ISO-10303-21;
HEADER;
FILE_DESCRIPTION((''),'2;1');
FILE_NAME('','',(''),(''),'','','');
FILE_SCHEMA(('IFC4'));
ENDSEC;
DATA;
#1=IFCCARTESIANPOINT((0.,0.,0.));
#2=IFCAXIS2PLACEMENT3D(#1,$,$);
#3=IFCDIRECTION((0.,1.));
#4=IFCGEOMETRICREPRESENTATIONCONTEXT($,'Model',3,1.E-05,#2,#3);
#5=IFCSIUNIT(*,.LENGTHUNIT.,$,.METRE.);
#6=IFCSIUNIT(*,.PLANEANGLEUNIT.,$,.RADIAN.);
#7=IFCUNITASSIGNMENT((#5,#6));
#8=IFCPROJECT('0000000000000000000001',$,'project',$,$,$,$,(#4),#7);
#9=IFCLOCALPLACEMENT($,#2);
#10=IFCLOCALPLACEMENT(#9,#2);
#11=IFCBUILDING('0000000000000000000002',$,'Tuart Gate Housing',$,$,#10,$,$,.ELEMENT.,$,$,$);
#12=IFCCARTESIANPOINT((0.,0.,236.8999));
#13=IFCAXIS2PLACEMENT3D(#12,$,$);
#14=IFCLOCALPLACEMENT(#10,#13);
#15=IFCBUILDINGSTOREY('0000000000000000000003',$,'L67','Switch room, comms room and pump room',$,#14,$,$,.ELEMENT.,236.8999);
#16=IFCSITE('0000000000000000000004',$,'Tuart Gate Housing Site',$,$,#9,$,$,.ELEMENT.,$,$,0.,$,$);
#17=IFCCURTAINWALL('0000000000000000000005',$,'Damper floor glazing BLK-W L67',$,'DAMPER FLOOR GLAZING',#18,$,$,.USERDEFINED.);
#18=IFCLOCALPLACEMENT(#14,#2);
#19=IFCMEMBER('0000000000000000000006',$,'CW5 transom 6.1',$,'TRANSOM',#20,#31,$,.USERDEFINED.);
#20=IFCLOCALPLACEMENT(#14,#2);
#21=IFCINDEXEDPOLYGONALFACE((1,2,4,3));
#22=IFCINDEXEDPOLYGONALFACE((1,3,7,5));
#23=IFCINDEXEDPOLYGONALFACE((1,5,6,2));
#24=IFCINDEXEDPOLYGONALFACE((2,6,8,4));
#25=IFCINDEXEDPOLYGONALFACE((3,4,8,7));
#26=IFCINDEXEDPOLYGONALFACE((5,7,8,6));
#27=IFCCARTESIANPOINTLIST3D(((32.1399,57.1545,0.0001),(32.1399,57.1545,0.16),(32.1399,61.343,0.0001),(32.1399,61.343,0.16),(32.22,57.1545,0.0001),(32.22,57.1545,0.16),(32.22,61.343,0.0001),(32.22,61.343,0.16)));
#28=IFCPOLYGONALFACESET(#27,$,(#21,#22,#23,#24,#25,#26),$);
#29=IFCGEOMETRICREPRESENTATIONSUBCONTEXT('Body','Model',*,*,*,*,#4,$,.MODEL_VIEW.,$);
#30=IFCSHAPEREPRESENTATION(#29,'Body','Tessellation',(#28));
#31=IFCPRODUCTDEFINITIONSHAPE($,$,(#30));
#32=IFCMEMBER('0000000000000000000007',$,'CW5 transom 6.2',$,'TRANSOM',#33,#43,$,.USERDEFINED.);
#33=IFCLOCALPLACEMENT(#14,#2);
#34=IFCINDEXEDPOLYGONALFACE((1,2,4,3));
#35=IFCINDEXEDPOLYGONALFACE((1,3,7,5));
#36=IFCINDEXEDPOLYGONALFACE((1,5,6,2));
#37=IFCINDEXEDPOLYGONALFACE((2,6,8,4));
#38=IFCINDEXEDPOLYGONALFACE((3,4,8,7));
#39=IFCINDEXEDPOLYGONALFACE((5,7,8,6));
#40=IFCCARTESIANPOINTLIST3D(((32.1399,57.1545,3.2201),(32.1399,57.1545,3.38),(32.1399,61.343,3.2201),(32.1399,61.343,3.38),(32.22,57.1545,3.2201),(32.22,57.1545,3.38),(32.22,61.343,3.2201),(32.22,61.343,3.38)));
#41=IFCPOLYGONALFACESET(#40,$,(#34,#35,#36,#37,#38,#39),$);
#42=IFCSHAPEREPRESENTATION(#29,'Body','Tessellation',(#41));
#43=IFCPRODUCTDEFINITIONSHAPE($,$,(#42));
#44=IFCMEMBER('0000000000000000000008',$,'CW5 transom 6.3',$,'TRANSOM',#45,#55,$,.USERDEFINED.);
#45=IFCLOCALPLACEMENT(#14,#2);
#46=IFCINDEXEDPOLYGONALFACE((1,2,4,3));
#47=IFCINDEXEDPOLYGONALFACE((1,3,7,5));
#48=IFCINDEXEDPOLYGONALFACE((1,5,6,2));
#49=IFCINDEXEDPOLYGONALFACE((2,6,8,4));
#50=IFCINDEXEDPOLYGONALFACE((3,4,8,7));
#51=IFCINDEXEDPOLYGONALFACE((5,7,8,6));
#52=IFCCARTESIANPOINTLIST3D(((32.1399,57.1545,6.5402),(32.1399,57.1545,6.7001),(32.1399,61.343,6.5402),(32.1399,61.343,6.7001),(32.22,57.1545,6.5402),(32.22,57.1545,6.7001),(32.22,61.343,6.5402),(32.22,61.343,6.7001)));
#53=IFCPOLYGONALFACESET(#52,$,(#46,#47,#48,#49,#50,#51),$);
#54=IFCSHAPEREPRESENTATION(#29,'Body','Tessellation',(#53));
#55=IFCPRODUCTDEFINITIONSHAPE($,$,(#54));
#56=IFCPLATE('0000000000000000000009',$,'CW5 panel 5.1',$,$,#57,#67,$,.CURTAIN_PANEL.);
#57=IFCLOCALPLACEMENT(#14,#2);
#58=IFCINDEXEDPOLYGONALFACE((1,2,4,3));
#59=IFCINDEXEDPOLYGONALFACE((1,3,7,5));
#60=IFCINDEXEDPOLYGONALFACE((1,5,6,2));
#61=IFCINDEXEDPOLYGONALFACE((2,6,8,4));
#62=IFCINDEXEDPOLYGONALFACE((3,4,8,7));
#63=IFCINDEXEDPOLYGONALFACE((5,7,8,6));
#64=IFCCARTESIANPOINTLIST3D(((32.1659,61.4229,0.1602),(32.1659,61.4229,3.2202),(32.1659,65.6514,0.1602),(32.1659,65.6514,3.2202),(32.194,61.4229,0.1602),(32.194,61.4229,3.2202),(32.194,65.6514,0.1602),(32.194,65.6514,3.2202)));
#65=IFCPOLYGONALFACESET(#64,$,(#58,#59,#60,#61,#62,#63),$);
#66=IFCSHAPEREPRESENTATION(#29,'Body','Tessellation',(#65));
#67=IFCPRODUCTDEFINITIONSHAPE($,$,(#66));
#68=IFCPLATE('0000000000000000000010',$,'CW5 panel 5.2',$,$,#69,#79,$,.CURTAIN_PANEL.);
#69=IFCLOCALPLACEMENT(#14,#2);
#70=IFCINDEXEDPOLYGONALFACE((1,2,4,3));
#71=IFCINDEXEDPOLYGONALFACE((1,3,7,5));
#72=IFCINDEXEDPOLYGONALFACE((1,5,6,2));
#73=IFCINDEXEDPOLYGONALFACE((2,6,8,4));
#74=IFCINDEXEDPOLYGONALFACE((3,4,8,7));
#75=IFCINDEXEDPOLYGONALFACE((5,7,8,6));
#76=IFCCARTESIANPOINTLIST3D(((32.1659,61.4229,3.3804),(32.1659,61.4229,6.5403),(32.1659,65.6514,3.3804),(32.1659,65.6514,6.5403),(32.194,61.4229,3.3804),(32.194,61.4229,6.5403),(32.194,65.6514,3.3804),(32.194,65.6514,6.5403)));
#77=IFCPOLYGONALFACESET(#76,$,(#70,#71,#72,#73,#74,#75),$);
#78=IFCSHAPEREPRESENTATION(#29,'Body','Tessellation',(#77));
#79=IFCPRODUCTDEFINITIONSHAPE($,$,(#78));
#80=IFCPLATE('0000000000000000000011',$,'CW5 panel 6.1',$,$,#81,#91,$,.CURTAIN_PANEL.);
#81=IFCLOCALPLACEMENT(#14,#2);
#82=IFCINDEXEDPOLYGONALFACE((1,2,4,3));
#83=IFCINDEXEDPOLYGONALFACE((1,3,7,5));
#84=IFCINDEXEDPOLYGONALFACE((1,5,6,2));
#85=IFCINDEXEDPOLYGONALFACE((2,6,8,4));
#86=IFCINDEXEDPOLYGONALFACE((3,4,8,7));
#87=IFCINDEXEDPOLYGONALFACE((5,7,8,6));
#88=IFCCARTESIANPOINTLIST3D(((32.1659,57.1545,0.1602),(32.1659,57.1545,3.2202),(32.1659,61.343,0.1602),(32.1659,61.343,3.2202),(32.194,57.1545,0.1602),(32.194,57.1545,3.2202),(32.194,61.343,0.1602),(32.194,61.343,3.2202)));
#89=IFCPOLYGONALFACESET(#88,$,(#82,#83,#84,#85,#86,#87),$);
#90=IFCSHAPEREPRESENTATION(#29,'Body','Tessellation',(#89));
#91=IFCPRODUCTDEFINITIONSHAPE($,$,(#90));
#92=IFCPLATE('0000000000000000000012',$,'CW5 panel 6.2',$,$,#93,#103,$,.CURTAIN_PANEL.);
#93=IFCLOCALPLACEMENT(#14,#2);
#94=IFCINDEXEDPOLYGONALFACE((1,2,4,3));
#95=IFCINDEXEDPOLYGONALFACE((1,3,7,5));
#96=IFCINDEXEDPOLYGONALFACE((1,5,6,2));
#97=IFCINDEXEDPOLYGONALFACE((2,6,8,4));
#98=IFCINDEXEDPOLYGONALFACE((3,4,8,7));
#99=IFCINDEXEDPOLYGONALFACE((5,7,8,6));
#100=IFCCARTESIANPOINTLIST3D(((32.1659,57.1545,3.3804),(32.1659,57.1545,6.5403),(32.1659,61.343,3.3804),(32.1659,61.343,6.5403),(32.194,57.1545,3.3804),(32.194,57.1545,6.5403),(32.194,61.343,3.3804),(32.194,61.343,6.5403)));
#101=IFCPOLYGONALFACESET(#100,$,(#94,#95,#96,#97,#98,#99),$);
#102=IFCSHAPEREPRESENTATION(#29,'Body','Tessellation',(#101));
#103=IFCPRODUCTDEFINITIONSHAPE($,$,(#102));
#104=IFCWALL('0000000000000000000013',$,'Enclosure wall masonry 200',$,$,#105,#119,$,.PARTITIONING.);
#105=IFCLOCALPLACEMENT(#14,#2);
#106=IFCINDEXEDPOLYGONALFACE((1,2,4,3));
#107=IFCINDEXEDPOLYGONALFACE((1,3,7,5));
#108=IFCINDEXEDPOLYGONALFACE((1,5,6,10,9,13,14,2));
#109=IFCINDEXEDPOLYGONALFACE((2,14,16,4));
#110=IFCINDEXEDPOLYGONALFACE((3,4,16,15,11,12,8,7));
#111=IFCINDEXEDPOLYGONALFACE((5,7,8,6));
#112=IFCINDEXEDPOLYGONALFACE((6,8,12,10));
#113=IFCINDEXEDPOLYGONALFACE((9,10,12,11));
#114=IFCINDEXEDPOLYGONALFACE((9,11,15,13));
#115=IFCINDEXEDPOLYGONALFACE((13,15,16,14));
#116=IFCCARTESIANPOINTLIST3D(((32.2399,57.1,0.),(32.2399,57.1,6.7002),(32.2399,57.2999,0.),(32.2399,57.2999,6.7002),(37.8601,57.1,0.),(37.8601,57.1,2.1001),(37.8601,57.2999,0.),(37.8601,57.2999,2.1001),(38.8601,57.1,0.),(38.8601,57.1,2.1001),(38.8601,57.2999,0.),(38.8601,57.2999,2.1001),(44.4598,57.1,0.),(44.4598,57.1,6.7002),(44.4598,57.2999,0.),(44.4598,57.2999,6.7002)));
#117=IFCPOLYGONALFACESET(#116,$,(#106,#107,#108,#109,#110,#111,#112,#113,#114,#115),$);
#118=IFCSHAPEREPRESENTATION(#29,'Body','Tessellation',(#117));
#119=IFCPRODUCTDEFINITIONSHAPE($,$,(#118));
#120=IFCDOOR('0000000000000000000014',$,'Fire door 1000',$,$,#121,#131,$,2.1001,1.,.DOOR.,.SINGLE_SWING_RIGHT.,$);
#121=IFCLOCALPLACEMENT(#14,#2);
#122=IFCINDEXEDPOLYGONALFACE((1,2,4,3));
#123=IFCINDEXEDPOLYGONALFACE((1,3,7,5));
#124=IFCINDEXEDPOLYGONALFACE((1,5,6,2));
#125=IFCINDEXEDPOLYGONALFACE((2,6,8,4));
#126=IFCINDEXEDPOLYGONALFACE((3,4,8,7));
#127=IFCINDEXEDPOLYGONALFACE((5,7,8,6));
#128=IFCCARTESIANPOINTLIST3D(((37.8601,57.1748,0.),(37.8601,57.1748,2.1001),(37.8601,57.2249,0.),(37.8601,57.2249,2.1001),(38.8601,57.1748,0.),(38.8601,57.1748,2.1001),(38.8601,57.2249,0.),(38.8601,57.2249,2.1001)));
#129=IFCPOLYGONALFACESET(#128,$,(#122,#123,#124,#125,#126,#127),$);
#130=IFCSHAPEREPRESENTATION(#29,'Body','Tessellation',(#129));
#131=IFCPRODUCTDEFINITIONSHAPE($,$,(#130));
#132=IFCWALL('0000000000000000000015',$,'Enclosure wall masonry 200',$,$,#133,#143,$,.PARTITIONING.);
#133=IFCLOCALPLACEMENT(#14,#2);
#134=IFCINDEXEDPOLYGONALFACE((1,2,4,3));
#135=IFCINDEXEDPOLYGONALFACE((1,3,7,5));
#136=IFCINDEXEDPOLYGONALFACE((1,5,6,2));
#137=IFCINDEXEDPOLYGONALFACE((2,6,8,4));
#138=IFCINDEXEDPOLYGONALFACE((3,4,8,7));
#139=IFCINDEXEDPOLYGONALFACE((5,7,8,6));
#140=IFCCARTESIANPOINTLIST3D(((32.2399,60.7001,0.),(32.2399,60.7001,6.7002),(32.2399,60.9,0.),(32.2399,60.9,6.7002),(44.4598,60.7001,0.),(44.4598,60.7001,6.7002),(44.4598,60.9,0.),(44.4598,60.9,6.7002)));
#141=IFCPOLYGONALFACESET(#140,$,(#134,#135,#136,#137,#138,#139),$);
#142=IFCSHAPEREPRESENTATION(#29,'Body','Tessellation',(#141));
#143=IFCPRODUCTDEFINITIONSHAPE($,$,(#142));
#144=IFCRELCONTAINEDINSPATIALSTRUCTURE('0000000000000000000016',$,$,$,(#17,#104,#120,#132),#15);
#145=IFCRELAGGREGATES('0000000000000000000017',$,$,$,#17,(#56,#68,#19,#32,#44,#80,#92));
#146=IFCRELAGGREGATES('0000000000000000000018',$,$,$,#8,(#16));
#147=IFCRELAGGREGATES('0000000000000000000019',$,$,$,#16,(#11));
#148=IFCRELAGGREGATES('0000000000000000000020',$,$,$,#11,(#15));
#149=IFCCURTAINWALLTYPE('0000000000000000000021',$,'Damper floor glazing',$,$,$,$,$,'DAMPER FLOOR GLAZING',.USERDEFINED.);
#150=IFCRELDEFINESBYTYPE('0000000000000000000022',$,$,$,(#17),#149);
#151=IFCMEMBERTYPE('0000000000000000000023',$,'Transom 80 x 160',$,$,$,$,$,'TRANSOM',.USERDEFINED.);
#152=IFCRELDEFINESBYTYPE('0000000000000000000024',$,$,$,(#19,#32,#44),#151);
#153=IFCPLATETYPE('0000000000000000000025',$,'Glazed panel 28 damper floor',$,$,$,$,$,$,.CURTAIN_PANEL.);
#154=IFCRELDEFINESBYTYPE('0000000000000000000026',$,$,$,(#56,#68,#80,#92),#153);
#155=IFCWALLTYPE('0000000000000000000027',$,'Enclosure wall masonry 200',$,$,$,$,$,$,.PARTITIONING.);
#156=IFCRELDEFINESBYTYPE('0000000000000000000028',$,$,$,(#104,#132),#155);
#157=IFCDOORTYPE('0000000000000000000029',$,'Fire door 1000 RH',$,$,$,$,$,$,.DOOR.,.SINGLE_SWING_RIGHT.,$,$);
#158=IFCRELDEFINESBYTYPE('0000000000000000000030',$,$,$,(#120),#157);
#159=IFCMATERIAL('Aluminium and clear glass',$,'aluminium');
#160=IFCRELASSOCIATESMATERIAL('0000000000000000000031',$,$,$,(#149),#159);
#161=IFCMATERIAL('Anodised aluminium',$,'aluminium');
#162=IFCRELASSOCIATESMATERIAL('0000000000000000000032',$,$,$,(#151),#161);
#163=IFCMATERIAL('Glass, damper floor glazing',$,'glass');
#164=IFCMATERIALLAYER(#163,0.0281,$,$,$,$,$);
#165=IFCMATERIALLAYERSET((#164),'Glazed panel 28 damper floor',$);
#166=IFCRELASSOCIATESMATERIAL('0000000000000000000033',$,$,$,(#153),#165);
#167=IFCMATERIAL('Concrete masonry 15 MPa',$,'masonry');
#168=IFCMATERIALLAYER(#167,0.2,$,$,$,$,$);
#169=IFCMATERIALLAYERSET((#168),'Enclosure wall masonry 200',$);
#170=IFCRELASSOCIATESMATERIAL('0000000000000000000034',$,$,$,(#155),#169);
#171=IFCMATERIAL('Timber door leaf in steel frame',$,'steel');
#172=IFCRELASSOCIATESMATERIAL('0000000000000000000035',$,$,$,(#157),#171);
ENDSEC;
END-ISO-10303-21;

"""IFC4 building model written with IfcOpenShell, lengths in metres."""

from ifc_helpers import new_model, si_unit, direction, frame, frame_2d, origin, origin_2d, place, context, subcontext, project, spatial, rectangle, extrude, material, layer, layer_set, material_profile, profile_set, type_object, element, fill, aggregate, save


model = new_model("IFC4")

# Units and contexts
model_context = context("Model", 3, precision=1e-05, world=origin(), true_north=direction((0.0, 1.0)))
body_context = subcontext(model_context, "Body", "Model", "MODEL_VIEW")
ifc_project = project(units=[si_unit("LENGTHUNIT", "METRE"), si_unit("PLANEANGLEUNIT", "RADIAN")], contexts=[model_context])

# Site, building, storey
site_placement = place(None, origin())
site = spatial("IfcSite", under=ifc_project, at=site_placement, Name="Tuart Gate Housing Site", CompositionType="ELEMENT", RefElevation=0.0)
building_placement = place(site_placement, origin())
building = spatial("IfcBuilding", under=site, at=building_placement, Name="Tuart Gate Housing", CompositionType="ELEMENT")
storey_placement = place(building_placement, frame((0.0, 0.0, 236.8999)))
storey = spatial("IfcBuildingStorey", under=building, at=storey_placement, Name="L67", Description="Switch room, comms room and pump room", CompositionType="ELEMENT", Elevation=236.8999)

# Shared definitions
ifc_material_1 = material(Name="Aluminium and clear glass", Category="aluminium")
curtain_wall_type = type_object("IfcCurtainWallType", Name="Damper floor glazing", ElementType="DAMPER FLOOR GLAZING", PredefinedType="USERDEFINED", material=ifc_material_1)

# Curtain wall
curtain_wall_1_placement = place(storey_placement, origin())
curtain_wall_1 = element("IfcCurtainWall", 1, at=curtain_wall_1_placement, inside=storey, type_object=curtain_wall_type, Name="Damper floor glazing BLK-W L67", ObjectType="DAMPER FLOOR GLAZING", PredefinedType="USERDEFINED")

# Members
ifc_material_2 = material(Name="Anodised aluminium", Category="aluminium")
ifc_material_profile_1 = material_profile(ifc_material_2, rectangle(XDim=0.0801, YDim=0.1599, at=origin_2d()), Name="80x160")
ifc_profile_set_1 = profile_set([ifc_material_profile_1], Name="Anodised aluminium")
member_type_1 = type_object("IfcMemberType", Name="Transom 80 x 160", ElementType="TRANSOM", PredefinedType="USERDEFINED", material=ifc_profile_set_1)
member_1_placement = place(storey_placement, frame((32.1799, 61.343, 0.0801), z_axis=(0.0, -1.0, 0.0), x_axis=(1.0, 0.0, 0.0)))
member_1 = element("IfcMember", 2, at=member_1_placement, type_object=member_type_1, Name="CW5 transom 6.1", ObjectType="TRANSOM", PredefinedType="USERDEFINED", context=body_context, shape_type="SweptSolid", body=[
    extrude(rectangle(XDim=0.0801, YDim=0.1599, at=origin_2d()), origin(), (0.0, 0.0, 1.0), 4.1885),
])
member_2_placement = place(storey_placement, frame((32.1799, 61.343, 3.3), z_axis=(0.0, -1.0, 0.0), x_axis=(1.0, 0.0, 0.0)))
member_2 = element("IfcMember", 3, at=member_2_placement, type_object=member_type_1, Name="CW5 transom 6.2", ObjectType="TRANSOM", PredefinedType="USERDEFINED", context=body_context, shape_type="SweptSolid", body=[
    extrude(rectangle(XDim=0.0801, YDim=0.1599, at=origin_2d()), origin(), (0.0, 0.0, 1.0), 4.1885),
])
member_3_placement = place(storey_placement, frame((32.1799, 61.343, 6.6201), z_axis=(0.0, -1.0, 0.0), x_axis=(1.0, 0.0, 0.0)))
member_3 = element("IfcMember", 4, at=member_3_placement, type_object=member_type_1, Name="CW5 transom 6.3", ObjectType="TRANSOM", PredefinedType="USERDEFINED", context=body_context, shape_type="SweptSolid", body=[
    extrude(rectangle(XDim=0.0801, YDim=0.1599, at=origin_2d()), origin(), (0.0, 0.0, 1.0), 4.1885),
])

# Plates
ifc_material_3 = material(Name="Glass, damper floor glazing", Category="glass")
ifc_layer_1 = layer(ifc_material_3, 0.0281)
ifc_layer_set_1 = layer_set([ifc_layer_1], Name="Glazed panel 28 damper floor")
plate_type = type_object("IfcPlateType", Name="Glazed panel 28 damper floor", PredefinedType="CURTAIN_PANEL", material=ifc_layer_set_1)
plate_1_placement = place(storey_placement, frame((32.1799, 63.5371, 0.1602), z_axis=(0.0, 0.0, 1.0), x_axis=(0.0, -1.0, 0.0)))
plate_1 = element("IfcPlate", 5, at=plate_1_placement, type_object=plate_type, Name="CW5 panel 5.1", PredefinedType="CURTAIN_PANEL", context=body_context, shape_type="SweptSolid", body=[
    extrude(rectangle(XDim=4.2285, YDim=0.0281, at=origin_2d()), origin(), (0.0, 0.0, 1.0), 3.0601),
])
plate_2_placement = place(storey_placement, frame((32.1799, 63.5371, 3.3804), z_axis=(0.0, 0.0, 1.0), x_axis=(0.0, -1.0, 0.0)))
plate_2 = element("IfcPlate", 6, at=plate_2_placement, type_object=plate_type, Name="CW5 panel 5.2", PredefinedType="CURTAIN_PANEL", context=body_context, shape_type="SweptSolid", body=[
    extrude(rectangle(XDim=4.2285, YDim=0.0281, at=origin_2d()), origin(), (0.0, 0.0, 1.0), 3.1599),
])
plate_3_placement = place(storey_placement, frame((32.1799, 59.2488, 0.1602), z_axis=(0.0, 0.0, 1.0), x_axis=(0.0, -1.0, 0.0)))
plate_3 = element("IfcPlate", 7, at=plate_3_placement, type_object=plate_type, Name="CW5 panel 6.1", PredefinedType="CURTAIN_PANEL", context=body_context, shape_type="SweptSolid", body=[
    extrude(rectangle(XDim=4.1885, YDim=0.0281, at=origin_2d()), origin(), (0.0, 0.0, 1.0), 3.0601),
])
plate_4_placement = place(storey_placement, frame((32.1799, 59.2488, 3.3804), z_axis=(0.0, 0.0, 1.0), x_axis=(0.0, -1.0, 0.0)))
plate_4 = element("IfcPlate", 8, at=plate_4_placement, type_object=plate_type, Name="CW5 panel 6.2", PredefinedType="CURTAIN_PANEL", context=body_context, shape_type="SweptSolid", body=[
    extrude(rectangle(XDim=4.1885, YDim=0.0281, at=origin_2d()), origin(), (0.0, 0.0, 1.0), 3.1599),
])
aggregate(curtain_wall_1, [plate_1, plate_2, member_1, member_2, member_3, plate_3, plate_4])

# Wall, opening, door
ifc_material_4 = material(Name="Concrete masonry 15 MPa", Category="masonry")
ifc_layer_2 = layer(ifc_material_4, 0.2)
ifc_layer_set_2 = layer_set([ifc_layer_2], Name="Enclosure wall masonry 200")
wall_type = type_object("IfcWallType", Name="Enclosure wall masonry 200", PredefinedType="PARTITIONING", material=ifc_layer_set_2)
wall_1_placement = place(storey_placement, frame((32.24, 57.2, 0.0), z_axis=(0.0, 0.0, 1.0), x_axis=(1.0, 0.0, 0.0)))
wall_1 = element("IfcWall", 9, at=wall_1_placement, inside=storey, type_object=wall_type, Name="Enclosure wall masonry 200", PredefinedType="PARTITIONING", context=body_context, shape_type="SweptSolid", body=[
    extrude(rectangle(XDim=12.22, YDim=0.2, at=frame_2d((6.1099, 0.0))), origin(), (0.0, 0.0, 1.0), 6.7002),
])
opening_placement = place(wall_1_placement, frame((5.6201, 0.0, 0.0)))
opening = element("IfcOpeningElement", 10, at=opening_placement, cuts=wall_1, PredefinedType="OPENING", context=body_context, shape_type="SweptSolid", body=[
    extrude(rectangle(XDim=1.0, YDim=2.1001, at=frame_2d((0.5, 1.05))), frame((0.0, 0.1099, 0.0), z_axis=(0.0, -1.0, 0.0), x_axis=(1.0, 0.0, 0.0)), (0.0, 0.0, 1.0), 0.22),
])
ifc_material_5 = material(Name="Timber door leaf in steel frame", Category="steel")
door_type = type_object("IfcDoorType", Name="Fire door 1000 RH", OperationType="SINGLE_SWING_RIGHT", PredefinedType="DOOR", material=ifc_material_5)
door_placement = place(opening_placement, origin())
door = element("IfcDoor", 11, at=door_placement, inside=storey, type_object=door_type, Name="Fire door 1000", OperationType="SINGLE_SWING_RIGHT", OverallHeight=2.1001, OverallWidth=1.0, PredefinedType="DOOR", context=body_context, shape_type="SweptSolid", body=[
    extrude(rectangle(XDim=1.0, YDim=2.1001, at=frame_2d((0.5, 1.05))), frame((0.0, 0.0249, 0.0), z_axis=(0.0, -1.0, 0.0), x_axis=(1.0, 0.0, 0.0)), (0.0, 0.0, 1.0), 0.05),
])
fill(opening, door)

# Wall
wall_2_placement = place(storey_placement, frame((32.24, 60.8, 0.0), z_axis=(0.0, 0.0, 1.0), x_axis=(1.0, 0.0, 0.0)))
element("IfcWall", 12, at=wall_2_placement, inside=storey, type_object=wall_type, Name="Enclosure wall masonry 200", PredefinedType="PARTITIONING", context=body_context, shape_type="SweptSolid", body=[
    extrude(rectangle(XDim=12.22, YDim=0.2, at=frame_2d((6.1099, 0.0))), origin(), (0.0, 0.0, 1.0), 6.7002),
])

save(model, "model.ifc")
